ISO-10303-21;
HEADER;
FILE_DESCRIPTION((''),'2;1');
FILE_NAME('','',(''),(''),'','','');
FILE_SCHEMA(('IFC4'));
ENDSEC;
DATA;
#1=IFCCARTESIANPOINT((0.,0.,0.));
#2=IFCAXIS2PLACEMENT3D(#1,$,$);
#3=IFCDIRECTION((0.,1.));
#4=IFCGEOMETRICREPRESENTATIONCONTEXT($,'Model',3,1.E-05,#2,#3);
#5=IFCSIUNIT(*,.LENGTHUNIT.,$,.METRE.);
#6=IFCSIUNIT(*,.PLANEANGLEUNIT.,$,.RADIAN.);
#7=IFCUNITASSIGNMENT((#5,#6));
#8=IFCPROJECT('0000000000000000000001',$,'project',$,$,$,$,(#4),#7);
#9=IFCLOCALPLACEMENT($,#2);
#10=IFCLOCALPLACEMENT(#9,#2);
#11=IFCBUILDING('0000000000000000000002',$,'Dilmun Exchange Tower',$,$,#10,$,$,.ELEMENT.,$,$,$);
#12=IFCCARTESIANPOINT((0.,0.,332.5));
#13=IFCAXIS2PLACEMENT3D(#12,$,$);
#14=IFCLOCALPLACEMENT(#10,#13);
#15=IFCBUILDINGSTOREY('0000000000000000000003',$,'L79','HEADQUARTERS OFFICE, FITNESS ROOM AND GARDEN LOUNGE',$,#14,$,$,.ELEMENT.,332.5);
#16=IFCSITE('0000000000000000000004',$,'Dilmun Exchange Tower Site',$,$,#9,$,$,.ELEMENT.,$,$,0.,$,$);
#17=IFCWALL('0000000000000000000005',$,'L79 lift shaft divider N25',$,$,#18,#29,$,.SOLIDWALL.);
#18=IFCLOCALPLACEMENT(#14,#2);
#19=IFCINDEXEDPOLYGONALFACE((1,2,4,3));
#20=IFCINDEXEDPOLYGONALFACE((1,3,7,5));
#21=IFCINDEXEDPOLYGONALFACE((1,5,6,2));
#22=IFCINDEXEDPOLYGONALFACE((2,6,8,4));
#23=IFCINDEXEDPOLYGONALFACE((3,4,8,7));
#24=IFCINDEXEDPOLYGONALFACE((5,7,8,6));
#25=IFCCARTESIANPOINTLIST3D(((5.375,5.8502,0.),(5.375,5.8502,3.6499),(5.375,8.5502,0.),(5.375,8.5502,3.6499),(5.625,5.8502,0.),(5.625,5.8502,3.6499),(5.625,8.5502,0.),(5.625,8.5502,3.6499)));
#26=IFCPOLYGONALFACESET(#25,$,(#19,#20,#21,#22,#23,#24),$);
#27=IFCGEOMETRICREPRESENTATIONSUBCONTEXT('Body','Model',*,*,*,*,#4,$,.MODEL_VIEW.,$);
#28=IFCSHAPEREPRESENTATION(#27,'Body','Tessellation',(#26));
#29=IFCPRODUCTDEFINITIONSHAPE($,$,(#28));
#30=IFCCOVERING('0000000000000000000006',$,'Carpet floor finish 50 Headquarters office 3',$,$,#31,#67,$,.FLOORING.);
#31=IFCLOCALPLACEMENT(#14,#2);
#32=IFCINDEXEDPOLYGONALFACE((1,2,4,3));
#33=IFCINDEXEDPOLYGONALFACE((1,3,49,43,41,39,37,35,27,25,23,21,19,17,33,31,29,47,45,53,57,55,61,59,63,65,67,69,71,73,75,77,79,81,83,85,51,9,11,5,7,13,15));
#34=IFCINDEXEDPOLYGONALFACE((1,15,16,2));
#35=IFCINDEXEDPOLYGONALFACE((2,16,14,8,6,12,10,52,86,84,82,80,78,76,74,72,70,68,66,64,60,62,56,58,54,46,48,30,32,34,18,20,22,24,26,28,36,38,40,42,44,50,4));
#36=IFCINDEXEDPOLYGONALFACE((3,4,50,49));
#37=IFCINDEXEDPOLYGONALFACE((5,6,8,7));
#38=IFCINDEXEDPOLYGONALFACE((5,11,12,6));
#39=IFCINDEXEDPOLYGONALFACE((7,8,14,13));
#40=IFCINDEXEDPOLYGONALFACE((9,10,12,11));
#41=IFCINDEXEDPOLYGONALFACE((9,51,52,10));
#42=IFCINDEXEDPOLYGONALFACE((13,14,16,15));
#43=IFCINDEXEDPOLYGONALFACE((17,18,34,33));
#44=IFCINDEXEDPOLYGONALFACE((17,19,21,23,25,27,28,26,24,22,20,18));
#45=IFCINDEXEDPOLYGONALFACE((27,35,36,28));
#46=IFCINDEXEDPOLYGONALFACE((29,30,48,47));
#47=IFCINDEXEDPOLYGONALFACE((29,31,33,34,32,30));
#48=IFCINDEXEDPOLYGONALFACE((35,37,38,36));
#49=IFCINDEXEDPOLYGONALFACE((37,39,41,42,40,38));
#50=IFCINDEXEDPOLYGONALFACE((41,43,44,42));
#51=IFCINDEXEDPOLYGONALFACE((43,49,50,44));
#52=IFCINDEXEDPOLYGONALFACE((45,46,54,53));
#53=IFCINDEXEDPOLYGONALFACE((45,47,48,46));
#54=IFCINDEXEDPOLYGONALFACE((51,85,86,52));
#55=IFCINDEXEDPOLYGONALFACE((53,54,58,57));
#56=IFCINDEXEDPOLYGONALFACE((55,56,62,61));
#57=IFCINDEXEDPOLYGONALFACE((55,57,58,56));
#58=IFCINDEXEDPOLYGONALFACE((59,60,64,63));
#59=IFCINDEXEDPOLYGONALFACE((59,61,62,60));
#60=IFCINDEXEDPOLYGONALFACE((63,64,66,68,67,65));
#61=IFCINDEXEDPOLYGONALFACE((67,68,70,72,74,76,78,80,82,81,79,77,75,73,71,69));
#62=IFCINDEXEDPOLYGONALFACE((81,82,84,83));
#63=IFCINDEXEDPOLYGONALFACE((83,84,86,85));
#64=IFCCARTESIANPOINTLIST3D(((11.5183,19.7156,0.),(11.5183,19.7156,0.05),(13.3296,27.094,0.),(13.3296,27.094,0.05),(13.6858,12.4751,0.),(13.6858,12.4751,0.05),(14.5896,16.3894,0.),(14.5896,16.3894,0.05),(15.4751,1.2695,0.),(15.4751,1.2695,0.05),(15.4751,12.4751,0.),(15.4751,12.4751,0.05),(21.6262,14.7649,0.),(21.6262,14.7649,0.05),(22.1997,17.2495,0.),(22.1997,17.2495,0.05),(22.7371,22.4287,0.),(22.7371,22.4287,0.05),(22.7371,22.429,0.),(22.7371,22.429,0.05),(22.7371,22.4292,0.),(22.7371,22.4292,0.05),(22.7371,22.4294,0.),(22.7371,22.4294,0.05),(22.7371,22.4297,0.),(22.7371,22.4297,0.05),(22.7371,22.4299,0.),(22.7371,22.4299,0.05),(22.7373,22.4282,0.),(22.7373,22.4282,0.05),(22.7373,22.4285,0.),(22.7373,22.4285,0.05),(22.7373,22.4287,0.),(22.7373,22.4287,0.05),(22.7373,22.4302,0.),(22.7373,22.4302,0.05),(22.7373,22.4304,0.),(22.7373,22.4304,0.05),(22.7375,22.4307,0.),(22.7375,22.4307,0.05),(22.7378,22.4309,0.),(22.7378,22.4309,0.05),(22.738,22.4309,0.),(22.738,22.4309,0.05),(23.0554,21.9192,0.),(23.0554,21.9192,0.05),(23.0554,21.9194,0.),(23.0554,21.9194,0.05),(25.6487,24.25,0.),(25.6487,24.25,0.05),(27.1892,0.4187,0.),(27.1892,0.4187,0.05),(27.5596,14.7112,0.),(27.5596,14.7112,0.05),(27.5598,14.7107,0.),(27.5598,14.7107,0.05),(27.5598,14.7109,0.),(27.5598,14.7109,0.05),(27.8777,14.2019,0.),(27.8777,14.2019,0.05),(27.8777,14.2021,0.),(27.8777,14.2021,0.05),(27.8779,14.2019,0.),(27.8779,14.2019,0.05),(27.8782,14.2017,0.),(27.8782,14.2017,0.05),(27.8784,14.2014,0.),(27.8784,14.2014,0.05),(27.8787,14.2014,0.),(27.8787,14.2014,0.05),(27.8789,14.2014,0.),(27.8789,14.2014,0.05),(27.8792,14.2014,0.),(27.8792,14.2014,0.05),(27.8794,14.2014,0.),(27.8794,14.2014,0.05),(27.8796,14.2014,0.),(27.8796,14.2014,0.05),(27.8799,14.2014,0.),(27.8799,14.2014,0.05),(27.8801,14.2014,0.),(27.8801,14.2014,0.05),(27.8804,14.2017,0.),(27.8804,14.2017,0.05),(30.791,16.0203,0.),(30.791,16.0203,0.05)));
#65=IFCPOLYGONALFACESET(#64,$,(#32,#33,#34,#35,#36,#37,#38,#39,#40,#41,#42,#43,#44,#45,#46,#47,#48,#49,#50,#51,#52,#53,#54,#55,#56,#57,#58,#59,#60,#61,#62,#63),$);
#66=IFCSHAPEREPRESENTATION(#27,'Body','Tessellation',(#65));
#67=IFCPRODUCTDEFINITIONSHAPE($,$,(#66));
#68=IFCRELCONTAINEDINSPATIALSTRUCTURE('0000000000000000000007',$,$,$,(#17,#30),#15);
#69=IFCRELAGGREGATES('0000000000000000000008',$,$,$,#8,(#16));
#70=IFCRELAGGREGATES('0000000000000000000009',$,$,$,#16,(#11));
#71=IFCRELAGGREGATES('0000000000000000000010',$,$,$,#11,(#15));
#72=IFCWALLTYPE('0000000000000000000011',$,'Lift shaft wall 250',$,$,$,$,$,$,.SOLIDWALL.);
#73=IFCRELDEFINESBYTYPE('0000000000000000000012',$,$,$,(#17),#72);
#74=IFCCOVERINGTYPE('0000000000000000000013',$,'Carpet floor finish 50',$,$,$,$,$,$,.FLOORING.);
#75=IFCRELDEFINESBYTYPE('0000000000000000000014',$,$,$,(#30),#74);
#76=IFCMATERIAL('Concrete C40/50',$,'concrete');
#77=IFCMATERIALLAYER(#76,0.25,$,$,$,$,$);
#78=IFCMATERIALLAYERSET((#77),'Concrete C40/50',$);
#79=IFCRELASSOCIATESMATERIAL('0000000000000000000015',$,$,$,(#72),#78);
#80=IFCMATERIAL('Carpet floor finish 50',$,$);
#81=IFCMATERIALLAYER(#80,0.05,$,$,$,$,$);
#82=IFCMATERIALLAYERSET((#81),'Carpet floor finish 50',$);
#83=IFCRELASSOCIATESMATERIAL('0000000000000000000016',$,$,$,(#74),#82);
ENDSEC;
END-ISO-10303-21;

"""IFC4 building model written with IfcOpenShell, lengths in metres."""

from ifc_helpers import new_model, si_unit, direction, frame, frame_2d, origin, place, context, subcontext, project, spatial, polyline, rectangle, outline, extrude, material, layer, layer_set, type_object, element, save


model = new_model("IFC4")

# Units and contexts
model_context = context("Model", 3, precision=1e-05, world=origin(), true_north=direction((0.0, 1.0)))
body_context = subcontext(model_context, "Body", "Model", "MODEL_VIEW")
ifc_project = project(units=[si_unit("LENGTHUNIT", "METRE"), si_unit("PLANEANGLEUNIT", "RADIAN")], contexts=[model_context])

# Site, building, storey
site_placement = place(None, origin())
site = spatial("IfcSite", under=ifc_project, at=site_placement, Name="Dilmun Exchange Tower Site", CompositionType="ELEMENT", RefElevation=0.0)
building_placement = place(site_placement, origin())
building = spatial("IfcBuilding", under=site, at=building_placement, Name="Dilmun Exchange Tower", CompositionType="ELEMENT")
storey_placement = place(building_placement, frame((0.0, 0.0, 332.5)))
storey = spatial("IfcBuildingStorey", under=building, at=storey_placement, Name="L79", Description="HEADQUARTERS OFFICE, FITNESS ROOM AND GARDEN LOUNGE", CompositionType="ELEMENT", Elevation=332.5)

# Shared definitions
ifc_material_1 = material(Name="Concrete C40/50", Category="concrete")

# Shared definitions
ifc_layer_1 = layer(ifc_material_1, 0.25)
ifc_layer_set_1 = layer_set([ifc_layer_1], Name="Concrete C40/50")
wall_type_1 = type_object("IfcWallType", Name="Lift shaft wall 250", PredefinedType="SOLIDWALL", material=ifc_layer_set_1)

# Wall
for number, where, z_axis, x_axis, name in (
    (1, (5.5, 5.8501, 0.0), (0.0, 0.0, 1.0), (0.0, 1.0, 0.0), "L79 lift shaft divider N25"),
):
    element("IfcWall", number, at=place(storey_placement, frame(where, z_axis=z_axis, x_axis=x_axis)), inside=storey, type_object=wall_type_1, Name=name, PredefinedType="SOLIDWALL", context=body_context, shape_type="SweptSolid", body=[
        extrude(rectangle(XDim=2.7, YDim=0.25, at=frame_2d((1.3501, 0.0))), origin(), (0.0, 0.0, 1.0), 3.6499),
    ])

# Covering
ifc_material_2 = material(Name="Carpet floor finish 50")
ifc_layer_2 = layer(ifc_material_2, 0.05)
ifc_layer_set_2 = layer_set([ifc_layer_2], Name="Carpet floor finish 50")
covering_type = type_object("IfcCoveringType", Name="Carpet floor finish 50", PredefinedType="FLOORING", material=ifc_layer_set_2)
covering_placement = place(storey_placement, origin())
element("IfcCovering", 2, at=covering_placement, inside=storey, type_object=covering_type, Name="Carpet floor finish 50 Headquarters office 3", PredefinedType="FLOORING", context=body_context, shape_type="SweptSolid", body=[
    extrude(outline(polyline([(15.4751, 1.2695), (15.4751, 12.4751), (13.6858, 12.4751), (14.5896, 16.3894), (21.6262, 14.7649), (22.1997, 17.2495), (11.5183, 19.7156), (13.3296, 27.094), (25.6487, 24.25), (22.738, 22.4309), (22.7378, 22.4309), (22.7378, 22.4309), (22.7375, 22.4307), (22.7373, 22.4304), (22.7373, 22.4304), (22.7373, 22.4302), (22.7371, 22.4299), (22.7371, 22.4297), (22.7371, 22.4297), (22.7371, 22.4294), (22.7371, 22.4292), (22.7371, 22.429), (22.7371, 22.4287), (22.7373, 22.4287), (22.7373, 22.4285), (22.7373, 22.4282), (23.0554, 21.9194), (23.0554, 21.9192), (23.0554, 21.9192), (27.5596, 14.7112), (27.5598, 14.7109), (27.5598, 14.7107), (27.8777, 14.2021), (27.8777, 14.2021), (27.8777, 14.2019), (27.8779, 14.2019), (27.8782, 14.2017), (27.8784, 14.2014), (27.8784, 14.2014), (27.8787, 14.2014), (27.8789, 14.2014), (27.8789, 14.2014), (27.8792, 14.2014), (27.8794, 14.2014), (27.8796, 14.2014), (27.8799, 14.2014), (27.8799, 14.2014), (27.8801, 14.2014), (27.8804, 14.2017), (30.791, 16.0203), (27.1892, 0.4187), (15.4751, 1.2695)])), origin(), (0.0, 0.0, 1.0), 0.05),
])

save(model, "model.ifc")
